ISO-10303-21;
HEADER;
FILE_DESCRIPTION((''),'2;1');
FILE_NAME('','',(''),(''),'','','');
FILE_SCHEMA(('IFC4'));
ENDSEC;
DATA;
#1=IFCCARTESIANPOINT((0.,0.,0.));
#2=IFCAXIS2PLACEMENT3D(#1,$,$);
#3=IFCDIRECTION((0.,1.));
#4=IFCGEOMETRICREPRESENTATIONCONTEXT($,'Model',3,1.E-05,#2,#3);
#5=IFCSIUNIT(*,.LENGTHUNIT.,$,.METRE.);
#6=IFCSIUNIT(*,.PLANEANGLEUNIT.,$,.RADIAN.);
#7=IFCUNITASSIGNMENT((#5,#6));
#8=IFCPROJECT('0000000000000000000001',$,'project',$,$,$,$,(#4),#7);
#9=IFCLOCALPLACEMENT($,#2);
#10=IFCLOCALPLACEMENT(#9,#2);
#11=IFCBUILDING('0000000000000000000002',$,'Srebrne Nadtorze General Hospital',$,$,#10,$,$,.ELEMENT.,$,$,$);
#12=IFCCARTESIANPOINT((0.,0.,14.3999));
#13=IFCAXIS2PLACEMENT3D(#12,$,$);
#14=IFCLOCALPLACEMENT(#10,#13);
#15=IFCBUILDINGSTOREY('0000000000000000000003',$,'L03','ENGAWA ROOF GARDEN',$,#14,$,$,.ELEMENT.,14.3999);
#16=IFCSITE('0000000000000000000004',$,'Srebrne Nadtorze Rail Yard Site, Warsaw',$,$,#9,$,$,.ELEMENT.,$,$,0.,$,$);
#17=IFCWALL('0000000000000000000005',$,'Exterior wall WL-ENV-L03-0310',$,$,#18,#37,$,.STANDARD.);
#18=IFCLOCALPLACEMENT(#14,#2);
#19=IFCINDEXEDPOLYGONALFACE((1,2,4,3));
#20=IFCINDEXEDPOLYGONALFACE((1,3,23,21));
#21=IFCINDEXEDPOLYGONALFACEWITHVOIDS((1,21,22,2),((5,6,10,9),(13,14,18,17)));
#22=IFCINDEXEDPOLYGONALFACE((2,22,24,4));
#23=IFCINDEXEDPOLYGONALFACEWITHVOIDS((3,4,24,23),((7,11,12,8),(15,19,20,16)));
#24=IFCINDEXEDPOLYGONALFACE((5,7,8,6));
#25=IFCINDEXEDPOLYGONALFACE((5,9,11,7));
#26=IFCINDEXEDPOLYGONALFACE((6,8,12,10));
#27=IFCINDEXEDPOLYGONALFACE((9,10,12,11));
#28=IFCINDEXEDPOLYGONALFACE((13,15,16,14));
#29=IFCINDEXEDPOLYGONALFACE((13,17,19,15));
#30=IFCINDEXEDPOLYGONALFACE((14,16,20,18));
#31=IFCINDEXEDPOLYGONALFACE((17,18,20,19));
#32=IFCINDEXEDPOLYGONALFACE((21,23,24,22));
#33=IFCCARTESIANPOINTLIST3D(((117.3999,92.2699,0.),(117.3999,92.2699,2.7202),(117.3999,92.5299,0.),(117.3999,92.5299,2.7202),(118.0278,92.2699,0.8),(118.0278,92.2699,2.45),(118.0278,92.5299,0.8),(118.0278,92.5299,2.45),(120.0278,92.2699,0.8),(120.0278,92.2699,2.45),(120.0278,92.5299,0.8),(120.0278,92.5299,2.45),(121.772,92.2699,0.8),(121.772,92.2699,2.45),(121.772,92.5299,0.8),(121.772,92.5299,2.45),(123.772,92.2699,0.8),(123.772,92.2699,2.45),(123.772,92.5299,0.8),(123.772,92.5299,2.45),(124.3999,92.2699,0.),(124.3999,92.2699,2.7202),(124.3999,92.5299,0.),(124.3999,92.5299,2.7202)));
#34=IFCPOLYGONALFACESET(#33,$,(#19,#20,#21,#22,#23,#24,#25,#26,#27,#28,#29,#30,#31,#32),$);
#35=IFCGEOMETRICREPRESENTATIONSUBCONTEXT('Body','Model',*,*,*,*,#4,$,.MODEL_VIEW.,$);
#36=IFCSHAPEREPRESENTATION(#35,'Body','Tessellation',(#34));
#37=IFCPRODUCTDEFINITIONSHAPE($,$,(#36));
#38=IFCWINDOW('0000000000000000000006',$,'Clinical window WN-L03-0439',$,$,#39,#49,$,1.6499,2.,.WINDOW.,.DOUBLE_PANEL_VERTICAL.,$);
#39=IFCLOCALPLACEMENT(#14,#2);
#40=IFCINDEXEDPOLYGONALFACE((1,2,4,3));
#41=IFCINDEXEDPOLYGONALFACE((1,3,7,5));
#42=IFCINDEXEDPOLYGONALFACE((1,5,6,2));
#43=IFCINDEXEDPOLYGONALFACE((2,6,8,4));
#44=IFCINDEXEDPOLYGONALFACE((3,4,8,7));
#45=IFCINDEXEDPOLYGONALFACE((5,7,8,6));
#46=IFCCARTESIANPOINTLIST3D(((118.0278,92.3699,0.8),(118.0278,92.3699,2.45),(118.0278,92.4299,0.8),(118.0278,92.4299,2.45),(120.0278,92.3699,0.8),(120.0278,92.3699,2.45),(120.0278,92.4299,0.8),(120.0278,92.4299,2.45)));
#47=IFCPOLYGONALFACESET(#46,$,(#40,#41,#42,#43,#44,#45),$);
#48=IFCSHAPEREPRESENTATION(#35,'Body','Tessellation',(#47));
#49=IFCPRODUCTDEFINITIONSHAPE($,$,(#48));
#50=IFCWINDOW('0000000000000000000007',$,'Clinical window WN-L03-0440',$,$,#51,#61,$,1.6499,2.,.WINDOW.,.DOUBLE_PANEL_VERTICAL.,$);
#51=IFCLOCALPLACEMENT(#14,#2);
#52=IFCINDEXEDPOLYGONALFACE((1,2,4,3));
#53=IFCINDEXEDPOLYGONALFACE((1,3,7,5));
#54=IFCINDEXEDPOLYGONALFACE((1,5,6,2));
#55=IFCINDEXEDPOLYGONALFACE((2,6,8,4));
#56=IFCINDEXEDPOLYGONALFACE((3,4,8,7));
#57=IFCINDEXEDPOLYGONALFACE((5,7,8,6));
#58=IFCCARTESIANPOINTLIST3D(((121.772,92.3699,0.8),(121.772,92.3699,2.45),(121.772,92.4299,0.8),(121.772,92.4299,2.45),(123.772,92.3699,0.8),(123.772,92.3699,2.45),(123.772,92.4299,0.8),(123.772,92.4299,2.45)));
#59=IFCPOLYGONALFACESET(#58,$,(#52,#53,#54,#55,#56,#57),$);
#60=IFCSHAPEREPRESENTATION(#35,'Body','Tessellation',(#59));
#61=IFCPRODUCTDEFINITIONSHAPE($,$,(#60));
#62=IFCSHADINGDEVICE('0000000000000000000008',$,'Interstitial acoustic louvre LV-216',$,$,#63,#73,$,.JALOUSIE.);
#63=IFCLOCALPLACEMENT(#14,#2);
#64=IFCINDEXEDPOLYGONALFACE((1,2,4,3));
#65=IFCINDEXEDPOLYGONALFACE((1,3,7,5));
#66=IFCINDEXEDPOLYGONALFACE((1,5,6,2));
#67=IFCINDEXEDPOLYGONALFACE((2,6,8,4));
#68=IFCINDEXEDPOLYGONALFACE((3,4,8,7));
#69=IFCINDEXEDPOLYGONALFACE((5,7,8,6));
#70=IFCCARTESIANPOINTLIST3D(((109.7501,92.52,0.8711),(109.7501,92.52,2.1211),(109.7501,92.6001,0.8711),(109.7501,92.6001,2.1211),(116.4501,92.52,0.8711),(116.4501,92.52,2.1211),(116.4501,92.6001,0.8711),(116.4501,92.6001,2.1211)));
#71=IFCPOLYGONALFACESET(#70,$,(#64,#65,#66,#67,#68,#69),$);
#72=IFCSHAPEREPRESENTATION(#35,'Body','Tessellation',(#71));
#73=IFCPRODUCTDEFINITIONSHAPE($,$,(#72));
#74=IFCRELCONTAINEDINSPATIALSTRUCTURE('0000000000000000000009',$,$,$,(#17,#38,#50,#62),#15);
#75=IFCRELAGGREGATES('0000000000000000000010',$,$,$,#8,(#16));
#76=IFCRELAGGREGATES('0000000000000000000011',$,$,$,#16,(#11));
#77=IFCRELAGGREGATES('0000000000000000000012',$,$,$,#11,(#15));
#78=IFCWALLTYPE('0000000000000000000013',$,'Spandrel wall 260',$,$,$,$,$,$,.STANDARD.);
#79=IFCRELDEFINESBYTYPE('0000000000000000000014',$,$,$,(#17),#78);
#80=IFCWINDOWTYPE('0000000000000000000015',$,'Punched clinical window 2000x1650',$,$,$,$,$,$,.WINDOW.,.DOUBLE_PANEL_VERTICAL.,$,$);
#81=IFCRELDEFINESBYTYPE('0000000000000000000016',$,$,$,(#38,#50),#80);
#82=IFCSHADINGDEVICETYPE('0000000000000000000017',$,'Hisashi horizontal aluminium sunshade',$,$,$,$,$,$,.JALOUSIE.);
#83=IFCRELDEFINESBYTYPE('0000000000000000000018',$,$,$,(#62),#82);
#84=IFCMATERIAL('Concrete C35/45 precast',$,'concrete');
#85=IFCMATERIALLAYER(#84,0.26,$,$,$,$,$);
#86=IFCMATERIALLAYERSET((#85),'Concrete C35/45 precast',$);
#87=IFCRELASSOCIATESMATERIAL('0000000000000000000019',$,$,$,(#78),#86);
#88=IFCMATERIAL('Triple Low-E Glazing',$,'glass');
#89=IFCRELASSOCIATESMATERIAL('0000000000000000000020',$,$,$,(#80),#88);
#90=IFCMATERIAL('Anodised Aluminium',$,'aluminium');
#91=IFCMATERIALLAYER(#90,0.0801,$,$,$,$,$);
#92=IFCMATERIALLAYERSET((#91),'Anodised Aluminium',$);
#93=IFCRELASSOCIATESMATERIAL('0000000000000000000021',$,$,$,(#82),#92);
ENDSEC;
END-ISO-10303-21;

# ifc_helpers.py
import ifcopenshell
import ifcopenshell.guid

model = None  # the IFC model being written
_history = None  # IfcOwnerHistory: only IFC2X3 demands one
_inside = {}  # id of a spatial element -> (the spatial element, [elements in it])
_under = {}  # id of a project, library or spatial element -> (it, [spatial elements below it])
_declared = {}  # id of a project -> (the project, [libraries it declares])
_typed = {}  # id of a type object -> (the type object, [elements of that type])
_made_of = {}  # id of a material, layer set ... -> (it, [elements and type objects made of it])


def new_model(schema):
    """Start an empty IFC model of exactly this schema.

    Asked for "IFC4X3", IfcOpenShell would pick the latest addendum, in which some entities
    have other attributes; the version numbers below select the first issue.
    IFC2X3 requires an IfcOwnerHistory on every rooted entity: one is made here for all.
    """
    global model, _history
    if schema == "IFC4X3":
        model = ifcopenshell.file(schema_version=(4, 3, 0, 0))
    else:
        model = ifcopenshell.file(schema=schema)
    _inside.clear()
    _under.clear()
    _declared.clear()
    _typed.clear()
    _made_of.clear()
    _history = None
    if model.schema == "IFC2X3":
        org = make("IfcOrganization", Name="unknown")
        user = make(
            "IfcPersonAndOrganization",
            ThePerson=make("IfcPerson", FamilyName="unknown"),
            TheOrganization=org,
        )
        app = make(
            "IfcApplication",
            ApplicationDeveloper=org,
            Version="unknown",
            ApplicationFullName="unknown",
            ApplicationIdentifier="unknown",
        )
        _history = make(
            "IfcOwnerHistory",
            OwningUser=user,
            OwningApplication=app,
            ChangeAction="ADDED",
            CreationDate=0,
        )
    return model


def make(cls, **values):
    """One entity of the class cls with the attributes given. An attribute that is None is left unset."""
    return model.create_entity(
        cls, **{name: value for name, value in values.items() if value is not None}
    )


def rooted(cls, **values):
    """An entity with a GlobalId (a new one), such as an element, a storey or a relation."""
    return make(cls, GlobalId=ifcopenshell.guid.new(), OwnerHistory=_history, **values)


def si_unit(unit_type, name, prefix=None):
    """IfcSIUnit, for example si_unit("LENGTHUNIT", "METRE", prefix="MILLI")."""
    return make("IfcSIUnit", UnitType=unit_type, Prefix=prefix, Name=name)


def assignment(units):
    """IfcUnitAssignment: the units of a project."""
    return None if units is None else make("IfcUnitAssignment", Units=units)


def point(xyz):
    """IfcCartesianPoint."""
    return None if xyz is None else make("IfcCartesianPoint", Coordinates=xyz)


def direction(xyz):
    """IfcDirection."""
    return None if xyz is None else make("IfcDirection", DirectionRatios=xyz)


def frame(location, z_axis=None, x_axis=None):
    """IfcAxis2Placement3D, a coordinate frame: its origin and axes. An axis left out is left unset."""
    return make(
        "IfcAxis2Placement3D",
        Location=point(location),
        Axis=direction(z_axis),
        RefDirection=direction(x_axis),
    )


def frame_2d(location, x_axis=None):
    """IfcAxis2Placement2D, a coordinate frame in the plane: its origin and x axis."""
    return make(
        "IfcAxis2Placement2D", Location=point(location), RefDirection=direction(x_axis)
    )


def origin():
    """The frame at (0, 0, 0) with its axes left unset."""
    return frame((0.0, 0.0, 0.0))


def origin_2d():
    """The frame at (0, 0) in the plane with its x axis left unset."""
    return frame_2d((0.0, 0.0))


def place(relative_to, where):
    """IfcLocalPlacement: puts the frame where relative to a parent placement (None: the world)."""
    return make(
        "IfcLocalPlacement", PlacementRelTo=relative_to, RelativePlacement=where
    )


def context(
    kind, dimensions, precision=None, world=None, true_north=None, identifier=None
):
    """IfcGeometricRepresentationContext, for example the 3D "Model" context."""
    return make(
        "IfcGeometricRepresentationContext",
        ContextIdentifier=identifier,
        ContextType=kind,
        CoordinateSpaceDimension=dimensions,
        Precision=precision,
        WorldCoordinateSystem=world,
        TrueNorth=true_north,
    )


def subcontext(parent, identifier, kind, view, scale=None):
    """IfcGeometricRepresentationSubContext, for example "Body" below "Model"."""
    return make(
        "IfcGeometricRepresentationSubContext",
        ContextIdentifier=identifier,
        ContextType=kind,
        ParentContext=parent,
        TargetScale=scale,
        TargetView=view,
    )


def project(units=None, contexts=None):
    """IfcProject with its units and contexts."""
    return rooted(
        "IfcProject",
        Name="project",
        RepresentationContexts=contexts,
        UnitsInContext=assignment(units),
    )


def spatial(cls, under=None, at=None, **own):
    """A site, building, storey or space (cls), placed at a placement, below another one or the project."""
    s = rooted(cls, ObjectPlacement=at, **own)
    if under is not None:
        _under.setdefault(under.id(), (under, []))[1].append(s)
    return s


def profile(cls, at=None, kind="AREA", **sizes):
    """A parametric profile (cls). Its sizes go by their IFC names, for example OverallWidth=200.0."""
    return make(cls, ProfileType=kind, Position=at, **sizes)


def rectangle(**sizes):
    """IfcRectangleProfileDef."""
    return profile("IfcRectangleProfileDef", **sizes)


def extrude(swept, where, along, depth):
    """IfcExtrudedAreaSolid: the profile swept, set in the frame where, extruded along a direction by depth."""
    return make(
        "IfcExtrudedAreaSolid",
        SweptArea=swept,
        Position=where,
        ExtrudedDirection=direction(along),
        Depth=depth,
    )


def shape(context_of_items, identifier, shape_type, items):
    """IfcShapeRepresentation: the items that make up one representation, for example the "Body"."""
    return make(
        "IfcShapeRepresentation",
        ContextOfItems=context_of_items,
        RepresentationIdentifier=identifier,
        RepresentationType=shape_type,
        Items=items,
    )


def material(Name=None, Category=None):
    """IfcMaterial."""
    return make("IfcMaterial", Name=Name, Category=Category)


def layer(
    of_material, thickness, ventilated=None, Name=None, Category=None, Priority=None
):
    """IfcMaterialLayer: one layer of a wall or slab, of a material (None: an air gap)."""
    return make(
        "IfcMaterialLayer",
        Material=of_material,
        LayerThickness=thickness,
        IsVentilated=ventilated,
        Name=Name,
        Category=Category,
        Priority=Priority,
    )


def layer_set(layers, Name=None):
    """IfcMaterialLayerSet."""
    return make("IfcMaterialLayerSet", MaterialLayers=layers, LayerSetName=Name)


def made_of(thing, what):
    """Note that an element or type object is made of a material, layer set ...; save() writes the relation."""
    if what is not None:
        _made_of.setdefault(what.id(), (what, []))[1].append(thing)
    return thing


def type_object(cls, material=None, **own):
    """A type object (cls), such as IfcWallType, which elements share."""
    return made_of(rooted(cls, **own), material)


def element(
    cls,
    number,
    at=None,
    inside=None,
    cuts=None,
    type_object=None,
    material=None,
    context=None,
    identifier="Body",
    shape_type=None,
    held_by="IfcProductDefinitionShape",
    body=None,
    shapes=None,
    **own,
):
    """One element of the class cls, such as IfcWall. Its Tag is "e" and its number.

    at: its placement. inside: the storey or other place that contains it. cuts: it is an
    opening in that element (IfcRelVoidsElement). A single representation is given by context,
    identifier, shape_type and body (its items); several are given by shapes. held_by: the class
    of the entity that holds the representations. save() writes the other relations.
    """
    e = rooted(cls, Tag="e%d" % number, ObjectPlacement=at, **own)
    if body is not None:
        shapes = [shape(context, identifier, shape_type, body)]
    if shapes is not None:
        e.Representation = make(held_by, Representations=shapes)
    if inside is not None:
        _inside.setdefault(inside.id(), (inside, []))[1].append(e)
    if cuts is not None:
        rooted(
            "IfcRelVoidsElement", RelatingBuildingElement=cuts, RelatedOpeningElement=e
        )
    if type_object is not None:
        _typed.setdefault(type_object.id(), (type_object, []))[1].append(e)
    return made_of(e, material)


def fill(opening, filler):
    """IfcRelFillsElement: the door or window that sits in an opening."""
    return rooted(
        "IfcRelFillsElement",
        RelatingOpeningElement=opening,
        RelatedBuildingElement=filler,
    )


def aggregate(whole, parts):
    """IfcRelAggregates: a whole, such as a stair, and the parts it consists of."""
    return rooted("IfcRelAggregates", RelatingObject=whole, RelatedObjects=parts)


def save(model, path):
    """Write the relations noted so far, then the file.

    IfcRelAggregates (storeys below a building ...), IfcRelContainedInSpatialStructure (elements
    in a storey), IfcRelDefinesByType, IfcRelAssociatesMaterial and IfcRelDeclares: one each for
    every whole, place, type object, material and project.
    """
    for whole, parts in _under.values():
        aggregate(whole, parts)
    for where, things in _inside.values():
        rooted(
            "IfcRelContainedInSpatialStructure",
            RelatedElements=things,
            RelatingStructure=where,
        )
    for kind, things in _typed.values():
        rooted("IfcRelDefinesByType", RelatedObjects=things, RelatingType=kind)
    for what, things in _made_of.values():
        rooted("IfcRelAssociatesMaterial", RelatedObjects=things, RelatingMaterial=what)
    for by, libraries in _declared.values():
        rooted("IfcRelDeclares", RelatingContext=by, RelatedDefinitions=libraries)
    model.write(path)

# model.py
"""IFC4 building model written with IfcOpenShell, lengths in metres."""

from ifc_helpers import new_model, si_unit, direction, frame, frame_2d, origin, origin_2d, place, context, subcontext, project, spatial, rectangle, extrude, material, layer, layer_set, type_object, element, fill, save


model = new_model("IFC4")

# Units and contexts
model_context = context("Model", 3, precision=1e-05, world=origin(), true_north=direction((0.0, 1.0)))
body_context = subcontext(model_context, "Body", "Model", "MODEL_VIEW")
ifc_project = project(units=[si_unit("LENGTHUNIT", "METRE"), si_unit("PLANEANGLEUNIT", "RADIAN")], contexts=[model_context])

# Site, building, storey
site_placement = place(None, origin())
site = spatial("IfcSite", under=ifc_project, at=site_placement, Name="Srebrne Nadtorze Rail Yard Site, Warsaw", CompositionType="ELEMENT", RefElevation=0.0)
building_placement = place(site_placement, origin())
building = spatial("IfcBuilding", under=site, at=building_placement, Name="Srebrne Nadtorze General Hospital", CompositionType="ELEMENT")
storey_placement = place(building_placement, frame((0.0, 0.0, 14.3999)))
storey = spatial("IfcBuildingStorey", under=building, at=storey_placement, Name="L03", Description="ENGAWA ROOF GARDEN", CompositionType="ELEMENT", Elevation=14.3999)

# Shared definitions
ifc_material_1 = material(Name="Concrete C35/45 precast", Category="concrete")
ifc_layer_1 = layer(ifc_material_1, 0.26)
ifc_layer_set_1 = layer_set([ifc_layer_1], Name="Concrete C35/45 precast")
wall_type_1 = type_object("IfcWallType", Name="Spandrel wall 260", PredefinedType="STANDARD", material=ifc_layer_set_1)

# Wall, openings, windows
wall_1_placement = place(storey_placement, frame((117.3999, 92.3999, 0.0), z_axis=(0.0, 0.0, 1.0), x_axis=(1.0, 0.0, 0.0)))
wall_1 = element("IfcWall", 1, at=wall_1_placement, inside=storey, type_object=wall_type_1, Name="Exterior wall WL-ENV-L03-0310", PredefinedType="STANDARD", context=body_context, shape_type="SweptSolid", body=[
    extrude(rectangle(XDim=7.0, YDim=0.26, at=frame_2d((3.5, 0.0))), origin(), (0.0, 0.0, 1.0), 2.7202),
])
opening_1_placement = place(wall_1_placement, frame((0.6279, 0.0, 0.8)))
opening_1 = element("IfcOpeningElement", 2, at=opening_1_placement, cuts=wall_1, PredefinedType="OPENING", context=body_context, shape_type="SweptSolid", body=[
    extrude(rectangle(XDim=2.0, YDim=1.6499, at=frame_2d((1.0, 0.825))), frame((0.0, 0.1421, 0.0), z_axis=(0.0, -1.0, 0.0), x_axis=(1.0, 0.0, 0.0)), (0.0, 0.0, 1.0), 0.2839),
])
opening_2_placement = place(wall_1_placement, frame((4.3721, 0.0, 0.8)))
opening_2 = element("IfcOpeningElement", 3, at=opening_2_placement, cuts=wall_1, PredefinedType="OPENING", context=body_context, shape_type="SweptSolid", body=[
    extrude(rectangle(XDim=2.0, YDim=1.6499, at=frame_2d((1.0, 0.825))), frame((0.0, 0.1421, 0.0), z_axis=(0.0, -1.0, 0.0), x_axis=(1.0, 0.0, 0.0)), (0.0, 0.0, 1.0), 0.2839),
])
ifc_material_2 = material(Name="Triple Low-E Glazing", Category="glass")
window_type_1 = type_object("IfcWindowType", Name="Punched clinical window 2000x1650", PartitioningType="DOUBLE_PANEL_VERTICAL", PredefinedType="WINDOW", material=ifc_material_2)
window_1_placement = place(opening_1_placement, origin())
window_1 = element("IfcWindow", 4, at=window_1_placement, inside=storey, type_object=window_type_1, Name="Clinical window WN-L03-0439", OverallHeight=1.6499, OverallWidth=2.0, PartitioningType="DOUBLE_PANEL_VERTICAL", PredefinedType="WINDOW", context=body_context, shape_type="SweptSolid", body=[
    extrude(rectangle(XDim=2.0, YDim=1.6499, at=frame_2d((1.0, 0.825))), frame((0.0, 0.03, 0.0), z_axis=(0.0, -1.0, 0.0), x_axis=(1.0, 0.0, 0.0)), (0.0, 0.0, 1.0), 0.0601),
])
fill(opening_1, window_1)
window_2_placement = place(opening_2_placement, origin())
window_2 = element("IfcWindow", 5, at=window_2_placement, inside=storey, type_object=window_type_1, Name="Clinical window WN-L03-0440", OverallHeight=1.6499, OverallWidth=2.0, PartitioningType="DOUBLE_PANEL_VERTICAL", PredefinedType="WINDOW", context=body_context, shape_type="SweptSolid", body=[
    extrude(rectangle(XDim=2.0, YDim=1.6499, at=frame_2d((1.0, 0.825))), frame((0.0, 0.03, 0.0), z_axis=(0.0, -1.0, 0.0), x_axis=(1.0, 0.0, 0.0)), (0.0, 0.0, 1.0), 0.0601),
])
fill(opening_2, window_2)

# Shading device
ifc_material_3 = material(Name="Anodised Aluminium", Category="aluminium")
ifc_layer_2 = layer(ifc_material_3, 0.0801)
ifc_layer_set_2 = layer_set([ifc_layer_2], Name="Anodised Aluminium")
shading_device_type = type_object("IfcShadingDeviceType", Name="Hisashi horizontal aluminium sunshade", PredefinedType="JALOUSIE", material=ifc_layer_set_2)
shading_device_placement = place(storey_placement, frame((113.1001, 92.5601, 0.8711), z_axis=(0.0, 0.0, 1.0), x_axis=(1.0, 0.0, 0.0)))
element("IfcShadingDevice", 6, at=shading_device_placement, inside=storey, type_object=shading_device_type, Name="Interstitial acoustic louvre LV-216", PredefinedType="JALOUSIE", context=body_context, shape_type="SweptSolid", body=[
    extrude(rectangle(XDim=6.7, YDim=0.0801, at=origin_2d()), origin(), (0.0, 0.0, 1.0), 1.25),
])

save(model, "model.ifc")
